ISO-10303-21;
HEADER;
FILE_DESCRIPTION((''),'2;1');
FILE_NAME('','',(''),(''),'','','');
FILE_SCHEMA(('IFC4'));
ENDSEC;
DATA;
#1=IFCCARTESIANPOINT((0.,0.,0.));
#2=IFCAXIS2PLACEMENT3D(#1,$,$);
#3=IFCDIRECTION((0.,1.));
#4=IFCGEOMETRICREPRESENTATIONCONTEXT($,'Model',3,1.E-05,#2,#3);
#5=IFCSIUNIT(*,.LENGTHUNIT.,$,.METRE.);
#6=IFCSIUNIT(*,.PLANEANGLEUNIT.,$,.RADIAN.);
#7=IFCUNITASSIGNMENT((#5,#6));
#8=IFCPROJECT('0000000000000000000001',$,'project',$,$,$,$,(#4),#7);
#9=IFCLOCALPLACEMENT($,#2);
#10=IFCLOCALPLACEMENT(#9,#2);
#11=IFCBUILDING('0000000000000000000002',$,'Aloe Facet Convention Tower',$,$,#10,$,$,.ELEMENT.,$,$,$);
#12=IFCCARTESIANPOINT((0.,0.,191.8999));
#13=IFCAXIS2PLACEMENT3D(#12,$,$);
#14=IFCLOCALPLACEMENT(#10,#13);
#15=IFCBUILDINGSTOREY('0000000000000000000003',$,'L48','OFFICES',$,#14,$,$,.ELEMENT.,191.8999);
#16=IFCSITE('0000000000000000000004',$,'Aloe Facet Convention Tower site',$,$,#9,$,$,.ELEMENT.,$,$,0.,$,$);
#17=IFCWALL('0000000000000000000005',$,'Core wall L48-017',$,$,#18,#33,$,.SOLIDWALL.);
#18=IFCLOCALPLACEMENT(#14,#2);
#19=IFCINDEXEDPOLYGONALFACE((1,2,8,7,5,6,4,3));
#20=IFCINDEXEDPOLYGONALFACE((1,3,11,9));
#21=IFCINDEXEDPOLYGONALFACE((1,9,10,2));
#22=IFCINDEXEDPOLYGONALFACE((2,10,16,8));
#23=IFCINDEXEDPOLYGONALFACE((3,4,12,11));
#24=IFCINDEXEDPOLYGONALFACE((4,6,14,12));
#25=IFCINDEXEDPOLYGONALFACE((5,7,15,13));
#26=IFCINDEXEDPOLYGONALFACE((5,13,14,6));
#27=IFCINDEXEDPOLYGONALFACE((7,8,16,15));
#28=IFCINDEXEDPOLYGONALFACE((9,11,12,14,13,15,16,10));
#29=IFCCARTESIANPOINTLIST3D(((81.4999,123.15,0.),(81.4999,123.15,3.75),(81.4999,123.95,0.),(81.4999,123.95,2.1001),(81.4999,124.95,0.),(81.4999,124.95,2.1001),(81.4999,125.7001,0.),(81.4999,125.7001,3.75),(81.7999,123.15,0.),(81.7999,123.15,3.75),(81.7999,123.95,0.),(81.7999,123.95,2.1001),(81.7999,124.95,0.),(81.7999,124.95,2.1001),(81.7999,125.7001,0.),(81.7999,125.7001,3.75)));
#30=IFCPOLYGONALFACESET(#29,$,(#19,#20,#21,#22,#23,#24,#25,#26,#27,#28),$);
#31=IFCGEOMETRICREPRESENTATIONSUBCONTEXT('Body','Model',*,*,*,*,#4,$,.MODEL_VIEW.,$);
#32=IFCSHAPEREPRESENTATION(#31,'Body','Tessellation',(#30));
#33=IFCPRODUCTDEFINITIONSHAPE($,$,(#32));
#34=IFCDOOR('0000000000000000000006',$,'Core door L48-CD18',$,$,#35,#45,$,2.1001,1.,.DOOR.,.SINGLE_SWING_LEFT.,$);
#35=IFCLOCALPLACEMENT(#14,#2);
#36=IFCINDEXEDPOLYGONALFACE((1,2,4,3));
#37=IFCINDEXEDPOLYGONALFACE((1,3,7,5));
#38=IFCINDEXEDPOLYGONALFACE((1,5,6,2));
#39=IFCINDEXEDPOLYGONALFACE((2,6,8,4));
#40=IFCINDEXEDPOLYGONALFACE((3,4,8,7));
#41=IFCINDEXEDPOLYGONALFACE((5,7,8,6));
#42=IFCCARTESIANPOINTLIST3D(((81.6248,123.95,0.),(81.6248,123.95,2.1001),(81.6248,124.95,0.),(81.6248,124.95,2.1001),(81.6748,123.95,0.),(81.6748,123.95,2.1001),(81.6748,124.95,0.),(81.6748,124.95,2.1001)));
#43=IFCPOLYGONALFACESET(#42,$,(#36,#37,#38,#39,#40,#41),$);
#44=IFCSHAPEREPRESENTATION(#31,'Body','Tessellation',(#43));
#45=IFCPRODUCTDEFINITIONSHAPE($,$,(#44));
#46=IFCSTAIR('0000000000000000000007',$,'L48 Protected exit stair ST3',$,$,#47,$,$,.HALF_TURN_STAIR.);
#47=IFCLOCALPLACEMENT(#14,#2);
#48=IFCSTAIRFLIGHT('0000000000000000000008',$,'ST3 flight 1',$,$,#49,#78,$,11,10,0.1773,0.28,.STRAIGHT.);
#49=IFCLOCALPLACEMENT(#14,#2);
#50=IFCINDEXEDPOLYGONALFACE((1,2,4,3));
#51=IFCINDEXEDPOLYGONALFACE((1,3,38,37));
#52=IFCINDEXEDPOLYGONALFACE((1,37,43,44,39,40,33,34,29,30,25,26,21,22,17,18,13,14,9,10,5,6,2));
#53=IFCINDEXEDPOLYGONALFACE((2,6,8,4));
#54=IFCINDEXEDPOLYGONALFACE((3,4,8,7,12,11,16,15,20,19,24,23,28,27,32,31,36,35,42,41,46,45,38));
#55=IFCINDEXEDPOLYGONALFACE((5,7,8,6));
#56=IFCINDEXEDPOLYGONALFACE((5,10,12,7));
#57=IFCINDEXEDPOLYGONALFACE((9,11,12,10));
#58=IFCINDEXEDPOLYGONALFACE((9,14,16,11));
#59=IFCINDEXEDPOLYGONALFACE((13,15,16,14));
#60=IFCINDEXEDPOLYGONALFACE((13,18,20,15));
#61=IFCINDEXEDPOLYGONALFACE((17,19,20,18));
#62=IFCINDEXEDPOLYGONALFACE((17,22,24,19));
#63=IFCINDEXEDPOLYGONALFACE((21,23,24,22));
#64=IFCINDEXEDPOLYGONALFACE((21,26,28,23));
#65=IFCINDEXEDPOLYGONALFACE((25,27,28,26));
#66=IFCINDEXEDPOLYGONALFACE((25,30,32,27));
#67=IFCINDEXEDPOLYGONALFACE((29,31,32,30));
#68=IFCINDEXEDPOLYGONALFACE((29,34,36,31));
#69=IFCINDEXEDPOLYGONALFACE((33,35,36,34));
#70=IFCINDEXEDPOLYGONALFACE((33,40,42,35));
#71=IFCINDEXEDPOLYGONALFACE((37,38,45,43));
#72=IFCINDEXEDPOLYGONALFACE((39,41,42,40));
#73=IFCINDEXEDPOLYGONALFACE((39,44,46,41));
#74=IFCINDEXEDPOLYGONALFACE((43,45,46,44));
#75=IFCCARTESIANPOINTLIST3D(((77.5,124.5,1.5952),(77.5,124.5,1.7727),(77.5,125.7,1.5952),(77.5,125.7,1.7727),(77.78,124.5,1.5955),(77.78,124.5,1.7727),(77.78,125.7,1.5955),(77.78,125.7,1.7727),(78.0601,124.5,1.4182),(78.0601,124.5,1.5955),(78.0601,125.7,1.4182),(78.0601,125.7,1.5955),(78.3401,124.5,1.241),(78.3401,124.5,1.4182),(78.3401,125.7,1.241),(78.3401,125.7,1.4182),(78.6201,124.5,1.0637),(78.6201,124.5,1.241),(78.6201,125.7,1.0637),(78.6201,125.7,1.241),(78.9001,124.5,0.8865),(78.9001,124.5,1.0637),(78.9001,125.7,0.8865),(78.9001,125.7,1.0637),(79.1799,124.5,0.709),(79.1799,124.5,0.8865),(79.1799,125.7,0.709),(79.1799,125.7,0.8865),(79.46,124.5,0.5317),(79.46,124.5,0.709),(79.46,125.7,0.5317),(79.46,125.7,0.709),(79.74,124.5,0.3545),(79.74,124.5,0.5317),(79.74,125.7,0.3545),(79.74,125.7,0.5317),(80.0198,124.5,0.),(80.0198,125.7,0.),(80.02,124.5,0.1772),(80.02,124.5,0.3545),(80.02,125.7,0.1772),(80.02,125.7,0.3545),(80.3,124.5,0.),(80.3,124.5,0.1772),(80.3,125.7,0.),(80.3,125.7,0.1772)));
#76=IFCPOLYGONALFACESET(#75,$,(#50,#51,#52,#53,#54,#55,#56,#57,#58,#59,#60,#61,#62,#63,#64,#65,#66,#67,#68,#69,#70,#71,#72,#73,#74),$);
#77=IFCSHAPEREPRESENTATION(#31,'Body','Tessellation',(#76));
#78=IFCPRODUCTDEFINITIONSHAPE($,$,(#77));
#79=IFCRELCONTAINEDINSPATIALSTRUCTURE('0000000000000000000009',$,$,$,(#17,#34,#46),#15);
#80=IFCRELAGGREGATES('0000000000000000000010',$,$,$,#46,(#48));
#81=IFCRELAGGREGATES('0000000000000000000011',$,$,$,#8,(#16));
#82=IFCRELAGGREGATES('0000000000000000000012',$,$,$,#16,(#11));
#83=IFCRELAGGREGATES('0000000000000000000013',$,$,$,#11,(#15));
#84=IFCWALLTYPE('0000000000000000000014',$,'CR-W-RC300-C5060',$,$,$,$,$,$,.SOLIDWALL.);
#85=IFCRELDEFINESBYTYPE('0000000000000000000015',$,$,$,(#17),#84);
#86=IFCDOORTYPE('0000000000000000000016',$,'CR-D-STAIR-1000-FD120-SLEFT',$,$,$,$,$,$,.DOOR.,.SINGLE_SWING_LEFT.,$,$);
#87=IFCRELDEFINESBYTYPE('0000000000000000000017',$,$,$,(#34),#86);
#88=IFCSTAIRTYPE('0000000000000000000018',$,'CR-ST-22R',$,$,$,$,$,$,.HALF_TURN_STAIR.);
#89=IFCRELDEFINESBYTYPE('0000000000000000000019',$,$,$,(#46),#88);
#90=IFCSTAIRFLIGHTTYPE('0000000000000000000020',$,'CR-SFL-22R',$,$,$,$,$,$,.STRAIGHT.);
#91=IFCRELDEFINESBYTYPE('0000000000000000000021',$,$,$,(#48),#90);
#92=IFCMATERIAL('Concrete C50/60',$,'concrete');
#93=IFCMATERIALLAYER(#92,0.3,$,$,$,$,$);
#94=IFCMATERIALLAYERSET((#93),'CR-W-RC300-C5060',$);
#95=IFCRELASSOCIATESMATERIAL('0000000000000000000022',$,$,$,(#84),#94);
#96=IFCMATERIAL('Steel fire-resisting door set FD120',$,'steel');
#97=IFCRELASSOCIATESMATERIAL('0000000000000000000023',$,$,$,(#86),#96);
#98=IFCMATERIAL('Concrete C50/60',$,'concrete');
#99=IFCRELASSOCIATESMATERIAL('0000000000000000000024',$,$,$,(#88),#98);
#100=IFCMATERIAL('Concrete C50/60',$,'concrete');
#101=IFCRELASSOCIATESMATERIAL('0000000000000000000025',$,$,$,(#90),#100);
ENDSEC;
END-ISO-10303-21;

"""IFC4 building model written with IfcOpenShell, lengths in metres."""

from ifc_helpers import new_model, si_unit, direction, frame, frame_2d, origin, place, context, subcontext, project, spatial, polyline, rectangle, outline, extrude, material, layer, layer_set, type_object, element, fill, aggregate, save


model = new_model("IFC4")

# Units and contexts
model_context = context("Model", 3, precision=1e-05, world=origin(), true_north=direction((0.0, 1.0)))
body_context = subcontext(model_context, "Body", "Model", "MODEL_VIEW")
ifc_project = project(units=[si_unit("LENGTHUNIT", "METRE"), si_unit("PLANEANGLEUNIT", "RADIAN")], contexts=[model_context])

# Site, building, storey
site_placement = place(None, origin())
site = spatial("IfcSite", under=ifc_project, at=site_placement, Name="Aloe Facet Convention Tower site", CompositionType="ELEMENT", RefElevation=0.0)
building_placement = place(site_placement, origin())
building = spatial("IfcBuilding", under=site, at=building_placement, Name="Aloe Facet Convention Tower", CompositionType="ELEMENT")
storey_placement = place(building_placement, frame((0.0, 0.0, 191.8999)))
storey = spatial("IfcBuildingStorey", under=building, at=storey_placement, Name="L48", Description="OFFICES", CompositionType="ELEMENT", Elevation=191.8999)

# Shared definitions
ifc_material_1 = material(Name="Concrete C50/60", Category="concrete")
ifc_layer = layer(ifc_material_1, 0.3)
ifc_layer_set = layer_set([ifc_layer], Name="CR-W-RC300-C5060")
wall_type = type_object("IfcWallType", Name="CR-W-RC300-C5060", PredefinedType="SOLIDWALL", material=ifc_layer_set)

# Wall, opening, door
wall_1_placement = place(storey_placement, frame((81.6499, 125.7, 0.0), z_axis=(0.0, 0.0, 1.0), x_axis=(0.0, -1.0, 0.0)))
wall_1 = element("IfcWall", 1, at=wall_1_placement, inside=storey, type_object=wall_type, Name="Core wall L48-017", PredefinedType="SOLIDWALL", context=body_context, shape_type="SweptSolid", body=[
    extrude(rectangle(XDim=2.55, YDim=0.3, at=frame_2d((1.2749, 0.0))), origin(), (0.0, 0.0, 1.0), 3.75),
])
opening_1_placement = place(wall_1_placement, frame((0.75, 0.0, 0.0)))
opening_1 = element("IfcOpeningElement", 2, at=opening_1_placement, cuts=wall_1, PredefinedType="OPENING", context=body_context, shape_type="SweptSolid", body=[
    extrude(rectangle(XDim=1.0, YDim=2.1001, at=frame_2d((0.5, 1.05))), frame((0.0, 0.1602, 0.0), z_axis=(0.0, -1.0, 0.0), x_axis=(1.0, 0.0, 0.0)), (0.0, 0.0, 1.0), 0.3201),
])
ifc_material_2 = material(Name="Steel fire-resisting door set FD120", Category="steel")
door_type_1 = type_object("IfcDoorType", Name="CR-D-STAIR-1000-FD120-SLEFT", OperationType="SINGLE_SWING_LEFT", PredefinedType="DOOR", material=ifc_material_2)
door_1_placement = place(opening_1_placement, origin())
door_1 = element("IfcDoor", 3, at=door_1_placement, inside=storey, type_object=door_type_1, Name="Core door L48-CD18", OperationType="SINGLE_SWING_LEFT", OverallHeight=2.1001, OverallWidth=1.0, PredefinedType="DOOR", context=body_context, shape_type="SweptSolid", body=[
    extrude(rectangle(XDim=1.0, YDim=2.1001, at=frame_2d((0.5, 1.05))), frame((0.0, 0.0249, 0.0), z_axis=(0.0, -1.0, 0.0), x_axis=(1.0, 0.0, 0.0)), (0.0, 0.0, 1.0), 0.05),
])
fill(opening_1, door_1)

# Stair, stair flight
ifc_material_3 = material(Name="Concrete C50/60", Category="concrete")
stair_type = type_object("IfcStairType", Name="CR-ST-22R", PredefinedType="HALF_TURN_STAIR", material=ifc_material_3)
stair_placement = place(storey_placement, origin())
stair = element("IfcStair", 4, at=stair_placement, inside=storey, type_object=stair_type, Name="L48 Protected exit stair ST3", PredefinedType="HALF_TURN_STAIR")
ifc_material_4 = material(Name="Concrete C50/60", Category="concrete")
stair_flight_type = type_object("IfcStairFlightType", Name="CR-SFL-22R", PredefinedType="STRAIGHT", material=ifc_material_4)
stair_flight_placement = place(storey_placement, frame((80.3, 125.1001, 0.0), z_axis=(0.0, 0.0, 1.0), x_axis=(-1.0, 0.0, 0.0)))
stair_flight = element("IfcStairFlight", 5, at=stair_flight_placement, type_object=stair_flight_type, Name="ST3 flight 1", NumberOfRisers=11, NumberOfTreads=10, PredefinedType="STRAIGHT", RiserHeight=0.1773, TreadLength=0.28, context=body_context, shape_type="SweptSolid", body=[
    extrude(outline(polyline([(0.0, 0.0), (0.0, 0.1772), (0.28, 0.1772), (0.28, 0.3545), (0.5601, 0.3545), (0.5601, 0.5317), (0.8401, 0.5317), (0.8401, 0.709), (1.1201, 0.709), (1.1201, 0.8865), (1.3999, 0.8865), (1.3999, 1.0637), (1.6799, 1.0637), (1.6799, 1.241), (1.96, 1.241), (1.96, 1.4182), (2.24, 1.4182), (2.24, 1.5955), (2.52, 1.5955), (2.52, 1.7727), (2.8, 1.7727), (2.8, 1.95), (2.8, 1.5952), (0.2803, 0.0), (0.0, 0.0)])), frame((0.0, 0.6001, 0.0), z_axis=(0.0, -1.0, 0.0), x_axis=(1.0, 0.0, 0.0)), (0.0, 0.0, 1.0), 1.2),
])
aggregate(stair, [stair_flight])

save(model, "model.ifc")
